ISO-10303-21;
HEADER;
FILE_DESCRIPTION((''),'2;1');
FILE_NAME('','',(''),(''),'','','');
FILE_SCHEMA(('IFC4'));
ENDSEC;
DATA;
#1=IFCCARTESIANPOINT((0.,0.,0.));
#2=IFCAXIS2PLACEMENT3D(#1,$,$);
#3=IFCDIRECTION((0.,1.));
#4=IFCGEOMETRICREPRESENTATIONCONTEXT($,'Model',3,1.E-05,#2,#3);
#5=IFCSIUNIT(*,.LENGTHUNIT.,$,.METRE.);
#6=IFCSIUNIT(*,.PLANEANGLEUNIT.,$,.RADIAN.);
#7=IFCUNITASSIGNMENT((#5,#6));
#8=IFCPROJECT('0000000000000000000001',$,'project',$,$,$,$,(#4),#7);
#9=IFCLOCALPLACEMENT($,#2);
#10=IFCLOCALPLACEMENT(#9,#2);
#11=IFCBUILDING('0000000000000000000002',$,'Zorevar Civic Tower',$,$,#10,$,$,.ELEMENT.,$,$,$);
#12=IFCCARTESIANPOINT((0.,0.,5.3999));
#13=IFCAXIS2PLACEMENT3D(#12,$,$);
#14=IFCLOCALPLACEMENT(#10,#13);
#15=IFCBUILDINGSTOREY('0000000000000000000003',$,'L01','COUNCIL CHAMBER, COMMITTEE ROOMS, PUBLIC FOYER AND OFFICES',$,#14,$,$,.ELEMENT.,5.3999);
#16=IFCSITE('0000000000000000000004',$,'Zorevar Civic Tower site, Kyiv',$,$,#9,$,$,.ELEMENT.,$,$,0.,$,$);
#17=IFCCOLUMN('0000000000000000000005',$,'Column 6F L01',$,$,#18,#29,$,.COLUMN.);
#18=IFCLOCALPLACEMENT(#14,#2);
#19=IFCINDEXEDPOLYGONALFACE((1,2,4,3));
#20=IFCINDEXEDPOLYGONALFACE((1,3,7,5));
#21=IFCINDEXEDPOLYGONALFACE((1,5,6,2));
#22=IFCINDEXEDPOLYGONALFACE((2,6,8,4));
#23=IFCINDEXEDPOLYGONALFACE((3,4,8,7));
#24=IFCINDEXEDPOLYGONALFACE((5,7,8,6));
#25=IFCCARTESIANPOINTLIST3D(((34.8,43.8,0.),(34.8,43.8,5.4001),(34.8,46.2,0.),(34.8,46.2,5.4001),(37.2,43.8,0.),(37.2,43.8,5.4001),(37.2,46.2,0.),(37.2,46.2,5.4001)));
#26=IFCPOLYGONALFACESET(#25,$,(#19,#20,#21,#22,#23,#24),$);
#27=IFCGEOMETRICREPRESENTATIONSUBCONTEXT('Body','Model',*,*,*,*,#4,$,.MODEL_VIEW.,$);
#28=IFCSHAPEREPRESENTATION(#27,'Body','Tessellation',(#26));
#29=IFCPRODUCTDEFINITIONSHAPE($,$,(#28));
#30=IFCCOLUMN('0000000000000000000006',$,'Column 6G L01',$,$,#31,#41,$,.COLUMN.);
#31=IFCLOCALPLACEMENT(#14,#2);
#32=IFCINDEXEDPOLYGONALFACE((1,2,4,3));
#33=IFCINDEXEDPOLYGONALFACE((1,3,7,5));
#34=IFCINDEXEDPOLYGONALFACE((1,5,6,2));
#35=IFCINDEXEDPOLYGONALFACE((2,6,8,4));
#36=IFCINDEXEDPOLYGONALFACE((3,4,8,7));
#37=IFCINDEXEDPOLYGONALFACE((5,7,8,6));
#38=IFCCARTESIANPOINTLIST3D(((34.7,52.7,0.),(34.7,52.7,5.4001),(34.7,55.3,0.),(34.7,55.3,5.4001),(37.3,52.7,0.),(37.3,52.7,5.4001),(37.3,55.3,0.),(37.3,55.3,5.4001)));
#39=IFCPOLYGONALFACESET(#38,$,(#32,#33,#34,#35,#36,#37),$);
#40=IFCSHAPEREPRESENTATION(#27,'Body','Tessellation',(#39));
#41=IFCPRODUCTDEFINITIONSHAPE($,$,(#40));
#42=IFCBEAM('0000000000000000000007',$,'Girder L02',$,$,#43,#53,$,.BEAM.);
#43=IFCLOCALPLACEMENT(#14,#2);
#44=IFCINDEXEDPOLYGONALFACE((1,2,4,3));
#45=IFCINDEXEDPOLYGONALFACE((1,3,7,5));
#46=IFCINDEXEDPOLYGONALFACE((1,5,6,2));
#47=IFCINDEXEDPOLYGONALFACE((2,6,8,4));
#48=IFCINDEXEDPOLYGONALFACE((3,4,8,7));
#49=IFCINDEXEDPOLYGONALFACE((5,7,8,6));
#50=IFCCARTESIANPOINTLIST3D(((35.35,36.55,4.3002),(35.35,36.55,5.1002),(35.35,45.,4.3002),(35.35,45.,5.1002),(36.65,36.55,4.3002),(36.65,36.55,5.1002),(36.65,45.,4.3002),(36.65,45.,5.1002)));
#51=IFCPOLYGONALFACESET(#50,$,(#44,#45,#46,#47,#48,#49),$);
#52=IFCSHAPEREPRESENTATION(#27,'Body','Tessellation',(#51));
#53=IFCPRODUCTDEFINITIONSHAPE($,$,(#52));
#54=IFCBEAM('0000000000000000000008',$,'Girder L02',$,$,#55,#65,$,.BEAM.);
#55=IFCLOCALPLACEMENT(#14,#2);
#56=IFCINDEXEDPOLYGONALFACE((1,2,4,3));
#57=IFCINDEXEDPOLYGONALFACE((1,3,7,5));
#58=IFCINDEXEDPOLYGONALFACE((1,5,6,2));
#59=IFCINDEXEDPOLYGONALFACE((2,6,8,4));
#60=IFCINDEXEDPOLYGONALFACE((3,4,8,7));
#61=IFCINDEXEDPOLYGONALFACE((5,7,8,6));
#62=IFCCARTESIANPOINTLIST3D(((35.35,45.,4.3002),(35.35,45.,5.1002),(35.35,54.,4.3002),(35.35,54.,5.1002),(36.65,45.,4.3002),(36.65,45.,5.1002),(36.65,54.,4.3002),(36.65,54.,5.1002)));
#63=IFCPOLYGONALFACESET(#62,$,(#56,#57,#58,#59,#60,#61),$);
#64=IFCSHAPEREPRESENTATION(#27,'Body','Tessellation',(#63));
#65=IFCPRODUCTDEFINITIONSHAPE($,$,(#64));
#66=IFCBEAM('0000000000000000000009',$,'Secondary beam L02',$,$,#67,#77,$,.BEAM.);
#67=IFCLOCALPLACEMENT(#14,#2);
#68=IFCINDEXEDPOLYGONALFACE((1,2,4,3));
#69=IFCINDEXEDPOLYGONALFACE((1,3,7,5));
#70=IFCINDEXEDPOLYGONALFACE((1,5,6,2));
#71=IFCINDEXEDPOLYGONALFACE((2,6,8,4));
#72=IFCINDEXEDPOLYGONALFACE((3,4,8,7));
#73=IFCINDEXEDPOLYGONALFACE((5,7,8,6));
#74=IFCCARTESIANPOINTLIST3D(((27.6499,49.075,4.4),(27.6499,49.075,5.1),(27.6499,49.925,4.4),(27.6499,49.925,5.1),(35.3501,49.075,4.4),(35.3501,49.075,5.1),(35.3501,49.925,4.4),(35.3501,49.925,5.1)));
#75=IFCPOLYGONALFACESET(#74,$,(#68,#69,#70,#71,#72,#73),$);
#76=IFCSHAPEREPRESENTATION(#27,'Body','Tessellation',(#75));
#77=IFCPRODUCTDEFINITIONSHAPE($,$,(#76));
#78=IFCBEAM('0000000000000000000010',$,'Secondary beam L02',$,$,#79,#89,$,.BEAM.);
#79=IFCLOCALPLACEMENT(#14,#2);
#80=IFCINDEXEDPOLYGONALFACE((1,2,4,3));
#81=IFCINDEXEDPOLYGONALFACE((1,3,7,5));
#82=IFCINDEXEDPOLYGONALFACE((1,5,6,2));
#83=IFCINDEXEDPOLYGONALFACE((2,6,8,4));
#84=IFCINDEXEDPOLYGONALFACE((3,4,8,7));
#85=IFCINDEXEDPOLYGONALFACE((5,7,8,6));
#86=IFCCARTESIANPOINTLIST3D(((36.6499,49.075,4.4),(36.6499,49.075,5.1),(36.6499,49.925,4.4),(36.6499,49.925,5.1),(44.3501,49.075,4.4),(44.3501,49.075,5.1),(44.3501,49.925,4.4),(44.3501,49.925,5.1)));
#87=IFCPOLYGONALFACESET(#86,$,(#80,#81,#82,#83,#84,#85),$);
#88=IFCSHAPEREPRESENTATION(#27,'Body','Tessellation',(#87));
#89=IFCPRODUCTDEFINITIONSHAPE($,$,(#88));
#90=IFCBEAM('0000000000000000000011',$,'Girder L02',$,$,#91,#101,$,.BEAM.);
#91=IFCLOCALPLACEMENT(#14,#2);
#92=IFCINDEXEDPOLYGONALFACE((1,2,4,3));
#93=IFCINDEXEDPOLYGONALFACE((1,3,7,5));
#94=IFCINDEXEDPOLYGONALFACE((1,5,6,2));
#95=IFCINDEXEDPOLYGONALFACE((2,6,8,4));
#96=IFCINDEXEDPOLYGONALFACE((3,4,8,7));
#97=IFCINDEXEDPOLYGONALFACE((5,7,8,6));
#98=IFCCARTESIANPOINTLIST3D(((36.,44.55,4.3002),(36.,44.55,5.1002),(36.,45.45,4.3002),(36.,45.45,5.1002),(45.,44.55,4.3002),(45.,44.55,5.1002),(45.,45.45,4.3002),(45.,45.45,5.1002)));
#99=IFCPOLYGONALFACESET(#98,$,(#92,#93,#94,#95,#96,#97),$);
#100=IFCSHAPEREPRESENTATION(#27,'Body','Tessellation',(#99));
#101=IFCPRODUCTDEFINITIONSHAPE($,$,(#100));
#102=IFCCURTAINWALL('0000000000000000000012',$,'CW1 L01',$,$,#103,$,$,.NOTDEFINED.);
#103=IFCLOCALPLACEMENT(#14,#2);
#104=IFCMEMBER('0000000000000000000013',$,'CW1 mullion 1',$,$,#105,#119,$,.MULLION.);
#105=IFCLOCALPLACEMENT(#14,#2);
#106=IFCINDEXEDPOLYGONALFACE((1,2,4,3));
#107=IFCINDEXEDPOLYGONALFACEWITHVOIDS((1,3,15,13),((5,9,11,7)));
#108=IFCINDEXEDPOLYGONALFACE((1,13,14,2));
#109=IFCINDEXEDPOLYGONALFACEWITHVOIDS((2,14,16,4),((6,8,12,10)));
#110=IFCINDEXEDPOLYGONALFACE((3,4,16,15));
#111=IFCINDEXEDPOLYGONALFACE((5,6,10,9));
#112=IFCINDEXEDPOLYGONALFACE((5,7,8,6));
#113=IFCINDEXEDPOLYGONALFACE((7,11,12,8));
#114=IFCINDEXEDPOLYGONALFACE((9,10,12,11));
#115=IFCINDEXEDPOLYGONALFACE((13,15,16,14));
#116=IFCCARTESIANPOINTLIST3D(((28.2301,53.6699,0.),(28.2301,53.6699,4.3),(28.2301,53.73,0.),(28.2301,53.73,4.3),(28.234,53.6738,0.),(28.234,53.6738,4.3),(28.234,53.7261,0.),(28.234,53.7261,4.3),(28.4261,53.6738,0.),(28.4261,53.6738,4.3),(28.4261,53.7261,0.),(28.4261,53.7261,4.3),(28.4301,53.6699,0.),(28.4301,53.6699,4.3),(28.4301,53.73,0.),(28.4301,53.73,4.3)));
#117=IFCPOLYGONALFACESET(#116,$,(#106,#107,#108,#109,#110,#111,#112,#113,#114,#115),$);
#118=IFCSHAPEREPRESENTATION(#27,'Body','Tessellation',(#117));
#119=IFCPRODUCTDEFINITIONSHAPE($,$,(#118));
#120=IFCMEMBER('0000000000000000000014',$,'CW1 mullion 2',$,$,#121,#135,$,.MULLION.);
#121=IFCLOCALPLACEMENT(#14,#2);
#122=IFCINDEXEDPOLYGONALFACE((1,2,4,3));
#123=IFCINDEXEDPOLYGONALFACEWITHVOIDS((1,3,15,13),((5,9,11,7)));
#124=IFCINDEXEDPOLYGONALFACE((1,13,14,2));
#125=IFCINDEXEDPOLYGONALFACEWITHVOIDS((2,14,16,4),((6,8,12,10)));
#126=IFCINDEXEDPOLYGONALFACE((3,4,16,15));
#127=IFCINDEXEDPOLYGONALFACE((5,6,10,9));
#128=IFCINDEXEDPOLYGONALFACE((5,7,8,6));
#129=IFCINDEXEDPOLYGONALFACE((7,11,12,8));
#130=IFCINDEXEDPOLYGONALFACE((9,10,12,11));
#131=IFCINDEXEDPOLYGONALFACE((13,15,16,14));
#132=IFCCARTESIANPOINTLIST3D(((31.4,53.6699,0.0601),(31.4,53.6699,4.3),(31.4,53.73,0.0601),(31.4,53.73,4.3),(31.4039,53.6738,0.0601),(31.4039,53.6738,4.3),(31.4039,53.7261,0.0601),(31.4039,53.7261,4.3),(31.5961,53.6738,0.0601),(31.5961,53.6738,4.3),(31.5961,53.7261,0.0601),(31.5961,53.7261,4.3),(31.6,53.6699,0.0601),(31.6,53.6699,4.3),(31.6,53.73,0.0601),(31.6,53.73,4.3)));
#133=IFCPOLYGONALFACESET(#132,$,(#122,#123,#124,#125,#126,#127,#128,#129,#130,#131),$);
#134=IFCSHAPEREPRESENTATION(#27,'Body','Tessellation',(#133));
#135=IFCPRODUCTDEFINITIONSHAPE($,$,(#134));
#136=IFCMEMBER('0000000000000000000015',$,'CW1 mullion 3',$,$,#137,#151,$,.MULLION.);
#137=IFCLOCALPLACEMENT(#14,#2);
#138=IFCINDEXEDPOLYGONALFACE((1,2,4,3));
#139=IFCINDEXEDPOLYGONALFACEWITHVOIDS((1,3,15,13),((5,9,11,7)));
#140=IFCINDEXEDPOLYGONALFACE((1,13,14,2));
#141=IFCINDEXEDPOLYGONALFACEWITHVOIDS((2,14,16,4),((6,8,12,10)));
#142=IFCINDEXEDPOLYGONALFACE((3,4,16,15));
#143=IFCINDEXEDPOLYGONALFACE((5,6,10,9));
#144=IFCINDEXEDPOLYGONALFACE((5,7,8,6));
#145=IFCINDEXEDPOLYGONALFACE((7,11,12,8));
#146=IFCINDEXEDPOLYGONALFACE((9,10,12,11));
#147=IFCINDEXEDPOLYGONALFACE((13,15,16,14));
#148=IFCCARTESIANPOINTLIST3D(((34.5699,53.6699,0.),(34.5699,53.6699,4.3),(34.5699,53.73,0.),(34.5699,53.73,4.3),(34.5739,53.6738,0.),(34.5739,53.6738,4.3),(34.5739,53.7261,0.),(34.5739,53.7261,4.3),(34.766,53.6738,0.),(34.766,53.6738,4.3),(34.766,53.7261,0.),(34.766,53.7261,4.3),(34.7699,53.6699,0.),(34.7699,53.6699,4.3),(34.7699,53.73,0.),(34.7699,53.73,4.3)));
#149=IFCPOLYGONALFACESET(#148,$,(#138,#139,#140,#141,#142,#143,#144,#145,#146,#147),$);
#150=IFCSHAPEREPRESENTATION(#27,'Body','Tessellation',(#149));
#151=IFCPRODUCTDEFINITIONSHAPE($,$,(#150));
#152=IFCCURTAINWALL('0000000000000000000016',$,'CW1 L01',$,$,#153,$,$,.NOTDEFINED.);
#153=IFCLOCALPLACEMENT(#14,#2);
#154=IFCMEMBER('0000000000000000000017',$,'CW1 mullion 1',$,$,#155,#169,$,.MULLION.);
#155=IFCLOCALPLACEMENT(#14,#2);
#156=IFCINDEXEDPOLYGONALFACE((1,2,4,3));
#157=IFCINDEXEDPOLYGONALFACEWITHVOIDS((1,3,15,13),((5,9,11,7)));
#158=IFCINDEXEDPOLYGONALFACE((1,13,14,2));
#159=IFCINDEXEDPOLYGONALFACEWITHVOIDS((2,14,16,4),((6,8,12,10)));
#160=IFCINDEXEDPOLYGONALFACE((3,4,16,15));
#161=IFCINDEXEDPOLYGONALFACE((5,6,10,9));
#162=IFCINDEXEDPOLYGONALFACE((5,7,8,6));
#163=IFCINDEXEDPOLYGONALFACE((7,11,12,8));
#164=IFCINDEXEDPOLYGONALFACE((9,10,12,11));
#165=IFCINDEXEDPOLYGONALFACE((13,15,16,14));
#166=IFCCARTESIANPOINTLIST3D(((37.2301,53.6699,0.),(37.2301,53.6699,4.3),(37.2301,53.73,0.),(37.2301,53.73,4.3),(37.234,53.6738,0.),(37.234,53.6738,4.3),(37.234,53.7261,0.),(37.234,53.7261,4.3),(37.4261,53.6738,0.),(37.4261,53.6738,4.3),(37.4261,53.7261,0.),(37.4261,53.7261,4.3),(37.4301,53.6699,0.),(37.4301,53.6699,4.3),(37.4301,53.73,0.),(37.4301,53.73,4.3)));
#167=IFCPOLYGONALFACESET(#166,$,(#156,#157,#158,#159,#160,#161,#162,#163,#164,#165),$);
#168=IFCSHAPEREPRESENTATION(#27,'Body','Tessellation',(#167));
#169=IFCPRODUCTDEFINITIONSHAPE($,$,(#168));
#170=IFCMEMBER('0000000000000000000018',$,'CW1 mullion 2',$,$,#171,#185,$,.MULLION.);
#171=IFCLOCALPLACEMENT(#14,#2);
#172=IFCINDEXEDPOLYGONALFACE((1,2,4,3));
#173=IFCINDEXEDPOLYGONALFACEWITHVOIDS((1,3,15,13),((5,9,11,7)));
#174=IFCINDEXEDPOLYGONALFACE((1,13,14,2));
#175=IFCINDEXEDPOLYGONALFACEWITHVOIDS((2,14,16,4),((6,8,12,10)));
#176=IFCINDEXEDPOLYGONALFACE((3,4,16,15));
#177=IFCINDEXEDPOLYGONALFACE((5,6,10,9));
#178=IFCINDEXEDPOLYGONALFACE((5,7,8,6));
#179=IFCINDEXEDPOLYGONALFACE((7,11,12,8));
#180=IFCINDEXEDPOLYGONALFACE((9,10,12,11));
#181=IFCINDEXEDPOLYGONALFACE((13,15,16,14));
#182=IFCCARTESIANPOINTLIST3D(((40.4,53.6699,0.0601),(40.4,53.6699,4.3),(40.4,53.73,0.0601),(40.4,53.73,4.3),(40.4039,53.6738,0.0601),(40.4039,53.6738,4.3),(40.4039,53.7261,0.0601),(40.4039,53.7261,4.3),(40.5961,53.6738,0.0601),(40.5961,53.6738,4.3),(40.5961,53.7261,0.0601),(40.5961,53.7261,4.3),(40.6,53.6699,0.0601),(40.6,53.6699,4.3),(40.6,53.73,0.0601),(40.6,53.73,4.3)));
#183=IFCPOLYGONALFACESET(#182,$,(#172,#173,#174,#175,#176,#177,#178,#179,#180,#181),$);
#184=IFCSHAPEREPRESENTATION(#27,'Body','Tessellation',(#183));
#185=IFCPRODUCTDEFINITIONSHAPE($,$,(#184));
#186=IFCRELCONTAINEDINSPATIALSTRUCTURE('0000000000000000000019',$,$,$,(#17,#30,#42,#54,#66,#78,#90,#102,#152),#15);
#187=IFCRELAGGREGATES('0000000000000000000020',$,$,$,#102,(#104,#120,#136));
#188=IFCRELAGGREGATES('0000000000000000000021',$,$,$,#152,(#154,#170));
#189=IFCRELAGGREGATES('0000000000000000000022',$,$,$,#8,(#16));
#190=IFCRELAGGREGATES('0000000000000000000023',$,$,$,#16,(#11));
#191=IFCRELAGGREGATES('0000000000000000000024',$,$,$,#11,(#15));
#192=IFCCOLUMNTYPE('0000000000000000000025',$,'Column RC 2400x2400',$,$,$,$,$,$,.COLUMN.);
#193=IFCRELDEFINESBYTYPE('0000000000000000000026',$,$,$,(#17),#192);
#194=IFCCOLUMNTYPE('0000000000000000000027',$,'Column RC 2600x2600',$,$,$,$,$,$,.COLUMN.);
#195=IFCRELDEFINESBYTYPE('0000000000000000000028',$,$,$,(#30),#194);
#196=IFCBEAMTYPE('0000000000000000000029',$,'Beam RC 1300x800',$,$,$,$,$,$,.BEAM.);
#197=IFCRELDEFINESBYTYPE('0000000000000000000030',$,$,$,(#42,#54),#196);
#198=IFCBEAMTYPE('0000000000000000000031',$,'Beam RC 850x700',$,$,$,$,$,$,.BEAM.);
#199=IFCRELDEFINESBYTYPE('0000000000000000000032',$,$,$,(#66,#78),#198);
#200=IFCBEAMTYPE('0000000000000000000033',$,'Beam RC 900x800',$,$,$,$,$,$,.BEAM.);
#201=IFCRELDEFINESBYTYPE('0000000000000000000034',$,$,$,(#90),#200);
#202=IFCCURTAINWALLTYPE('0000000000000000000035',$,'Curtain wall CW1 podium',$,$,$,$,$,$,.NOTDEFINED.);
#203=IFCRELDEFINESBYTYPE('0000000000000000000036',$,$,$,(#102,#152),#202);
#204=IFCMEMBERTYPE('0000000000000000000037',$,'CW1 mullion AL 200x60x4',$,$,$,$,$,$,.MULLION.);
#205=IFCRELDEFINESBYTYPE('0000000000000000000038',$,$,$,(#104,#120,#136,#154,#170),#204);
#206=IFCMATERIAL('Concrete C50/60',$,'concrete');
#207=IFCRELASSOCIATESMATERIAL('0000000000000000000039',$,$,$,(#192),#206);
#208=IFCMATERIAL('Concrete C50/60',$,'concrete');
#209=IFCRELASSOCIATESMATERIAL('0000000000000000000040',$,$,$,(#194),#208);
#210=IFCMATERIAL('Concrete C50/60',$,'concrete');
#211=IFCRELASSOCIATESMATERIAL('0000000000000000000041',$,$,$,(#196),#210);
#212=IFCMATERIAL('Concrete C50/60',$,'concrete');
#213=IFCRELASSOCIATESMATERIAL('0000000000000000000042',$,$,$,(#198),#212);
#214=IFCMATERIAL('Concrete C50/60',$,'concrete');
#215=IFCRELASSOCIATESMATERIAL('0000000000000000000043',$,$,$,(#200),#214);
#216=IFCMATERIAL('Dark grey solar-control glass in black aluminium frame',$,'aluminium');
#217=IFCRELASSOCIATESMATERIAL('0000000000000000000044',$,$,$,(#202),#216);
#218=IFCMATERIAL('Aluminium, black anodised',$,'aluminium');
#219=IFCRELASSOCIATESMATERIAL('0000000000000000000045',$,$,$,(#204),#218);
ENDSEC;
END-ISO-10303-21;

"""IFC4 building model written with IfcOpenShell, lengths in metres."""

from ifc_helpers import new_model, si_unit, direction, frame, origin, origin_2d, place, context, subcontext, project, spatial, rectangle, hollow_rectangle, extrude, material, material_profile, profile_set, type_object, element, aggregate, save


model = new_model("IFC4")

# Units and contexts
model_context = context("Model", 3, precision=1e-05, world=origin(), true_north=direction((0.0, 1.0)))
body_context = subcontext(model_context, "Body", "Model", "MODEL_VIEW")
ifc_project = project(units=[si_unit("LENGTHUNIT", "METRE"), si_unit("PLANEANGLEUNIT", "RADIAN")], contexts=[model_context])

# Site, building, storey
site_placement = place(None, origin())
site = spatial("IfcSite", under=ifc_project, at=site_placement, Name="Zorevar Civic Tower site, Kyiv", CompositionType="ELEMENT", RefElevation=0.0)
building_placement = place(site_placement, origin())
building = spatial("IfcBuilding", under=site, at=building_placement, Name="Zorevar Civic Tower", CompositionType="ELEMENT")
storey_placement = place(building_placement, frame((0.0, 0.0, 5.3999)))
storey = spatial("IfcBuildingStorey", under=building, at=storey_placement, Name="L01", Description="COUNCIL CHAMBER, COMMITTEE ROOMS, PUBLIC FOYER AND OFFICES", CompositionType="ELEMENT", Elevation=5.3999)

# Columns
ifc_material_1 = material(Name="Concrete C50/60", Category="concrete")
ifc_material_profile_1 = material_profile(ifc_material_1, rectangle(XDim=2.3999, YDim=2.3999, at=origin_2d()), Name="RC 2400x2400")
ifc_profile_set_1 = profile_set([ifc_material_profile_1], Name="Concrete C50/60")
column_type_1 = type_object("IfcColumnType", Name="Column RC 2400x2400", PredefinedType="COLUMN", material=ifc_profile_set_1)
column_1_placement = place(storey_placement, frame((36.0, 45.0, 0.0), z_axis=(0.0, 0.0, 1.0), x_axis=(1.0, 0.0, 0.0)))
element("IfcColumn", 1, at=column_1_placement, inside=storey, type_object=column_type_1, Name="Column 6F L01", PredefinedType="COLUMN", context=body_context, shape_type="SweptSolid", body=[
    extrude(rectangle(XDim=2.3999, YDim=2.3999, at=origin_2d()), origin(), (0.0, 0.0, 1.0), 5.4001),
])
ifc_material_2 = material(Name="Concrete C50/60", Category="concrete")
ifc_material_profile_2 = material_profile(ifc_material_2, rectangle(XDim=2.6001, YDim=2.6001, at=origin_2d()), Name="RC 2600x2600")
ifc_profile_set_2 = profile_set([ifc_material_profile_2], Name="Concrete C50/60")
column_type_2 = type_object("IfcColumnType", Name="Column RC 2600x2600", PredefinedType="COLUMN", material=ifc_profile_set_2)
column_2_placement = place(storey_placement, frame((36.0, 54.0, 0.0), z_axis=(0.0, 0.0, 1.0), x_axis=(1.0, 0.0, 0.0)))
element("IfcColumn", 2, at=column_2_placement, inside=storey, type_object=column_type_2, Name="Column 6G L01", PredefinedType="COLUMN", context=body_context, shape_type="SweptSolid", body=[
    extrude(rectangle(XDim=2.6001, YDim=2.6001, at=origin_2d()), origin(), (0.0, 0.0, 1.0), 5.4001),
])

# Beams
ifc_material_3 = material(Name="Concrete C50/60", Category="concrete")
ifc_material_profile_3 = material_profile(ifc_material_3, rectangle(XDim=1.3, YDim=0.8, at=origin_2d()), Name="RC 1300x800")
ifc_profile_set_3 = profile_set([ifc_material_profile_3], Name="Concrete C50/60")
beam_type_1 = type_object("IfcBeamType", Name="Beam RC 1300x800", PredefinedType="BEAM", material=ifc_profile_set_3)
beam_1_placement = place(storey_placement, frame((36.0, 36.55, 4.7002), z_axis=(0.0, 1.0, 0.0), x_axis=(-1.0, 0.0, 0.0)))
element("IfcBeam", 3, at=beam_1_placement, inside=storey, type_object=beam_type_1, Name="Girder L02", PredefinedType="BEAM", context=body_context, shape_type="SweptSolid", body=[
    extrude(rectangle(XDim=1.3, YDim=0.8, at=origin_2d()), origin(), (0.0, 0.0, 1.0), 8.45),
])
beam_2_placement = place(storey_placement, frame((36.0, 45.0, 4.7002), z_axis=(0.0, 1.0, 0.0), x_axis=(-1.0, 0.0, 0.0)))
element("IfcBeam", 4, at=beam_2_placement, inside=storey, type_object=beam_type_1, Name="Girder L02", PredefinedType="BEAM", context=body_context, shape_type="SweptSolid", body=[
    extrude(rectangle(XDim=1.3, YDim=0.8, at=origin_2d()), origin(), (0.0, 0.0, 1.0), 9.0),
])
ifc_material_4 = material(Name="Concrete C50/60", Category="concrete")
ifc_material_profile_4 = material_profile(ifc_material_4, rectangle(XDim=0.8501, YDim=0.7, at=origin_2d()), Name="RC 850x700")
ifc_profile_set_4 = profile_set([ifc_material_profile_4], Name="Concrete C50/60")
beam_type_2 = type_object("IfcBeamType", Name="Beam RC 850x700", PredefinedType="BEAM", material=ifc_profile_set_4)
for number, where, z_axis, x_axis, name in (
    (5, (27.6499, 49.5, 4.75), (1.0, 0.0, 0.0), (0.0, 1.0, 0.0), "Secondary beam L02"),
    (6, (36.6499, 49.5, 4.75), (1.0, 0.0, 0.0), (0.0, 1.0, 0.0), "Secondary beam L02"),
):
    element("IfcBeam", number, at=place(storey_placement, frame(where, z_axis=z_axis, x_axis=x_axis)), inside=storey, type_object=beam_type_2, Name=name, PredefinedType="BEAM", context=body_context, shape_type="SweptSolid", body=[
        extrude(rectangle(XDim=0.8501, YDim=0.7, at=origin_2d()), origin(), (0.0, 0.0, 1.0), 7.7002),
    ])
ifc_material_5 = material(Name="Concrete C50/60", Category="concrete")
ifc_material_profile_5 = material_profile(ifc_material_5, rectangle(XDim=0.8999, YDim=0.8, at=origin_2d()), Name="RC 900x800")
ifc_profile_set_5 = profile_set([ifc_material_profile_5], Name="Concrete C50/60")
beam_type_3 = type_object("IfcBeamType", Name="Beam RC 900x800", PredefinedType="BEAM", material=ifc_profile_set_5)
beam_3_placement = place(storey_placement, frame((36.0, 45.0, 4.7002), z_axis=(1.0, 0.0, 0.0), x_axis=(0.0, 1.0, 0.0)))
element("IfcBeam", 7, at=beam_3_placement, inside=storey, type_object=beam_type_3, Name="Girder L02", PredefinedType="BEAM", context=body_context, shape_type="SweptSolid", body=[
    extrude(rectangle(XDim=0.8999, YDim=0.8, at=origin_2d()), origin(), (0.0, 0.0, 1.0), 9.0),
])

# Curtain walls, members
ifc_material_6 = material(Name="Dark grey solar-control glass in black aluminium frame", Category="aluminium")
curtain_wall_type = type_object("IfcCurtainWallType", Name="Curtain wall CW1 podium", PredefinedType="NOTDEFINED", material=ifc_material_6)
curtain_wall_1_placement = place(storey_placement, origin())
curtain_wall_1 = element("IfcCurtainWall", 8, at=curtain_wall_1_placement, inside=storey, type_object=curtain_wall_type, Name="CW1 L01", PredefinedType="NOTDEFINED")
ifc_material_7 = material(Name="Aluminium, black anodised", Category="aluminium")
ifc_material_profile_6 = material_profile(ifc_material_7, hollow_rectangle(XDim=0.0601, YDim=0.2, WallThickness=0.0039, at=origin_2d()), Name="AL 200x60x4")
ifc_profile_set_6 = profile_set([ifc_material_profile_6], Name="Aluminium, black anodised")
member_type_1 = type_object("IfcMemberType", Name="CW1 mullion AL 200x60x4", PredefinedType="MULLION", material=ifc_profile_set_6)
member_1_placement = place(storey_placement, frame((28.3301, 53.7, 0.0), z_axis=(0.0, 0.0, 1.0), x_axis=(0.0, 1.0, 0.0)))
member_1 = element("IfcMember", 9, at=member_1_placement, type_object=member_type_1, Name="CW1 mullion 1", PredefinedType="MULLION", context=body_context, shape_type="SweptSolid", body=[
    extrude(hollow_rectangle(XDim=0.0601, YDim=0.2, WallThickness=0.0039, at=origin_2d()), origin(), (0.0, 0.0, 1.0), 4.3),
])
member_2_placement = place(storey_placement, frame((31.5, 53.7, 0.0601), z_axis=(0.0, 0.0, 1.0), x_axis=(0.0, 1.0, 0.0)))
member_2 = element("IfcMember", 10, at=member_2_placement, type_object=member_type_1, Name="CW1 mullion 2", PredefinedType="MULLION", context=body_context, shape_type="SweptSolid", body=[
    extrude(hollow_rectangle(XDim=0.0601, YDim=0.2, WallThickness=0.0039, at=origin_2d()), origin(), (0.0, 0.0, 1.0), 4.24),
])
member_3_placement = place(storey_placement, frame((34.6699, 53.7, 0.0), z_axis=(0.0, 0.0, 1.0), x_axis=(0.0, 1.0, 0.0)))
member_3 = element("IfcMember", 11, at=member_3_placement, type_object=member_type_1, Name="CW1 mullion 3", PredefinedType="MULLION", context=body_context, shape_type="SweptSolid", body=[
    extrude(hollow_rectangle(XDim=0.0601, YDim=0.2, WallThickness=0.0039, at=origin_2d()), origin(), (0.0, 0.0, 1.0), 4.3),
])
curtain_wall_2_placement = place(storey_placement, origin())
curtain_wall_2 = element("IfcCurtainWall", 12, at=curtain_wall_2_placement, inside=storey, type_object=curtain_wall_type, Name="CW1 L01", PredefinedType="NOTDEFINED")
member_4_placement = place(storey_placement, frame((37.3301, 53.7, 0.0), z_axis=(0.0, 0.0, 1.0), x_axis=(0.0, 1.0, 0.0)))
member_4 = element("IfcMember", 13, at=member_4_placement, type_object=member_type_1, Name="CW1 mullion 1", PredefinedType="MULLION", context=body_context, shape_type="SweptSolid", body=[
    extrude(hollow_rectangle(XDim=0.0601, YDim=0.2, WallThickness=0.0039, at=origin_2d()), origin(), (0.0, 0.0, 1.0), 4.3),
])
member_5_placement = place(storey_placement, frame((40.5, 53.7, 0.0601), z_axis=(0.0, 0.0, 1.0), x_axis=(0.0, 1.0, 0.0)))
member_5 = element("IfcMember", 14, at=member_5_placement, type_object=member_type_1, Name="CW1 mullion 2", PredefinedType="MULLION", context=body_context, shape_type="SweptSolid", body=[
    extrude(hollow_rectangle(XDim=0.0601, YDim=0.2, WallThickness=0.0039, at=origin_2d()), origin(), (0.0, 0.0, 1.0), 4.24),
])

aggregate(curtain_wall_1, [member_1, member_2, member_3])
aggregate(curtain_wall_2, [member_4, member_5])

save(model, "model.ifc")
